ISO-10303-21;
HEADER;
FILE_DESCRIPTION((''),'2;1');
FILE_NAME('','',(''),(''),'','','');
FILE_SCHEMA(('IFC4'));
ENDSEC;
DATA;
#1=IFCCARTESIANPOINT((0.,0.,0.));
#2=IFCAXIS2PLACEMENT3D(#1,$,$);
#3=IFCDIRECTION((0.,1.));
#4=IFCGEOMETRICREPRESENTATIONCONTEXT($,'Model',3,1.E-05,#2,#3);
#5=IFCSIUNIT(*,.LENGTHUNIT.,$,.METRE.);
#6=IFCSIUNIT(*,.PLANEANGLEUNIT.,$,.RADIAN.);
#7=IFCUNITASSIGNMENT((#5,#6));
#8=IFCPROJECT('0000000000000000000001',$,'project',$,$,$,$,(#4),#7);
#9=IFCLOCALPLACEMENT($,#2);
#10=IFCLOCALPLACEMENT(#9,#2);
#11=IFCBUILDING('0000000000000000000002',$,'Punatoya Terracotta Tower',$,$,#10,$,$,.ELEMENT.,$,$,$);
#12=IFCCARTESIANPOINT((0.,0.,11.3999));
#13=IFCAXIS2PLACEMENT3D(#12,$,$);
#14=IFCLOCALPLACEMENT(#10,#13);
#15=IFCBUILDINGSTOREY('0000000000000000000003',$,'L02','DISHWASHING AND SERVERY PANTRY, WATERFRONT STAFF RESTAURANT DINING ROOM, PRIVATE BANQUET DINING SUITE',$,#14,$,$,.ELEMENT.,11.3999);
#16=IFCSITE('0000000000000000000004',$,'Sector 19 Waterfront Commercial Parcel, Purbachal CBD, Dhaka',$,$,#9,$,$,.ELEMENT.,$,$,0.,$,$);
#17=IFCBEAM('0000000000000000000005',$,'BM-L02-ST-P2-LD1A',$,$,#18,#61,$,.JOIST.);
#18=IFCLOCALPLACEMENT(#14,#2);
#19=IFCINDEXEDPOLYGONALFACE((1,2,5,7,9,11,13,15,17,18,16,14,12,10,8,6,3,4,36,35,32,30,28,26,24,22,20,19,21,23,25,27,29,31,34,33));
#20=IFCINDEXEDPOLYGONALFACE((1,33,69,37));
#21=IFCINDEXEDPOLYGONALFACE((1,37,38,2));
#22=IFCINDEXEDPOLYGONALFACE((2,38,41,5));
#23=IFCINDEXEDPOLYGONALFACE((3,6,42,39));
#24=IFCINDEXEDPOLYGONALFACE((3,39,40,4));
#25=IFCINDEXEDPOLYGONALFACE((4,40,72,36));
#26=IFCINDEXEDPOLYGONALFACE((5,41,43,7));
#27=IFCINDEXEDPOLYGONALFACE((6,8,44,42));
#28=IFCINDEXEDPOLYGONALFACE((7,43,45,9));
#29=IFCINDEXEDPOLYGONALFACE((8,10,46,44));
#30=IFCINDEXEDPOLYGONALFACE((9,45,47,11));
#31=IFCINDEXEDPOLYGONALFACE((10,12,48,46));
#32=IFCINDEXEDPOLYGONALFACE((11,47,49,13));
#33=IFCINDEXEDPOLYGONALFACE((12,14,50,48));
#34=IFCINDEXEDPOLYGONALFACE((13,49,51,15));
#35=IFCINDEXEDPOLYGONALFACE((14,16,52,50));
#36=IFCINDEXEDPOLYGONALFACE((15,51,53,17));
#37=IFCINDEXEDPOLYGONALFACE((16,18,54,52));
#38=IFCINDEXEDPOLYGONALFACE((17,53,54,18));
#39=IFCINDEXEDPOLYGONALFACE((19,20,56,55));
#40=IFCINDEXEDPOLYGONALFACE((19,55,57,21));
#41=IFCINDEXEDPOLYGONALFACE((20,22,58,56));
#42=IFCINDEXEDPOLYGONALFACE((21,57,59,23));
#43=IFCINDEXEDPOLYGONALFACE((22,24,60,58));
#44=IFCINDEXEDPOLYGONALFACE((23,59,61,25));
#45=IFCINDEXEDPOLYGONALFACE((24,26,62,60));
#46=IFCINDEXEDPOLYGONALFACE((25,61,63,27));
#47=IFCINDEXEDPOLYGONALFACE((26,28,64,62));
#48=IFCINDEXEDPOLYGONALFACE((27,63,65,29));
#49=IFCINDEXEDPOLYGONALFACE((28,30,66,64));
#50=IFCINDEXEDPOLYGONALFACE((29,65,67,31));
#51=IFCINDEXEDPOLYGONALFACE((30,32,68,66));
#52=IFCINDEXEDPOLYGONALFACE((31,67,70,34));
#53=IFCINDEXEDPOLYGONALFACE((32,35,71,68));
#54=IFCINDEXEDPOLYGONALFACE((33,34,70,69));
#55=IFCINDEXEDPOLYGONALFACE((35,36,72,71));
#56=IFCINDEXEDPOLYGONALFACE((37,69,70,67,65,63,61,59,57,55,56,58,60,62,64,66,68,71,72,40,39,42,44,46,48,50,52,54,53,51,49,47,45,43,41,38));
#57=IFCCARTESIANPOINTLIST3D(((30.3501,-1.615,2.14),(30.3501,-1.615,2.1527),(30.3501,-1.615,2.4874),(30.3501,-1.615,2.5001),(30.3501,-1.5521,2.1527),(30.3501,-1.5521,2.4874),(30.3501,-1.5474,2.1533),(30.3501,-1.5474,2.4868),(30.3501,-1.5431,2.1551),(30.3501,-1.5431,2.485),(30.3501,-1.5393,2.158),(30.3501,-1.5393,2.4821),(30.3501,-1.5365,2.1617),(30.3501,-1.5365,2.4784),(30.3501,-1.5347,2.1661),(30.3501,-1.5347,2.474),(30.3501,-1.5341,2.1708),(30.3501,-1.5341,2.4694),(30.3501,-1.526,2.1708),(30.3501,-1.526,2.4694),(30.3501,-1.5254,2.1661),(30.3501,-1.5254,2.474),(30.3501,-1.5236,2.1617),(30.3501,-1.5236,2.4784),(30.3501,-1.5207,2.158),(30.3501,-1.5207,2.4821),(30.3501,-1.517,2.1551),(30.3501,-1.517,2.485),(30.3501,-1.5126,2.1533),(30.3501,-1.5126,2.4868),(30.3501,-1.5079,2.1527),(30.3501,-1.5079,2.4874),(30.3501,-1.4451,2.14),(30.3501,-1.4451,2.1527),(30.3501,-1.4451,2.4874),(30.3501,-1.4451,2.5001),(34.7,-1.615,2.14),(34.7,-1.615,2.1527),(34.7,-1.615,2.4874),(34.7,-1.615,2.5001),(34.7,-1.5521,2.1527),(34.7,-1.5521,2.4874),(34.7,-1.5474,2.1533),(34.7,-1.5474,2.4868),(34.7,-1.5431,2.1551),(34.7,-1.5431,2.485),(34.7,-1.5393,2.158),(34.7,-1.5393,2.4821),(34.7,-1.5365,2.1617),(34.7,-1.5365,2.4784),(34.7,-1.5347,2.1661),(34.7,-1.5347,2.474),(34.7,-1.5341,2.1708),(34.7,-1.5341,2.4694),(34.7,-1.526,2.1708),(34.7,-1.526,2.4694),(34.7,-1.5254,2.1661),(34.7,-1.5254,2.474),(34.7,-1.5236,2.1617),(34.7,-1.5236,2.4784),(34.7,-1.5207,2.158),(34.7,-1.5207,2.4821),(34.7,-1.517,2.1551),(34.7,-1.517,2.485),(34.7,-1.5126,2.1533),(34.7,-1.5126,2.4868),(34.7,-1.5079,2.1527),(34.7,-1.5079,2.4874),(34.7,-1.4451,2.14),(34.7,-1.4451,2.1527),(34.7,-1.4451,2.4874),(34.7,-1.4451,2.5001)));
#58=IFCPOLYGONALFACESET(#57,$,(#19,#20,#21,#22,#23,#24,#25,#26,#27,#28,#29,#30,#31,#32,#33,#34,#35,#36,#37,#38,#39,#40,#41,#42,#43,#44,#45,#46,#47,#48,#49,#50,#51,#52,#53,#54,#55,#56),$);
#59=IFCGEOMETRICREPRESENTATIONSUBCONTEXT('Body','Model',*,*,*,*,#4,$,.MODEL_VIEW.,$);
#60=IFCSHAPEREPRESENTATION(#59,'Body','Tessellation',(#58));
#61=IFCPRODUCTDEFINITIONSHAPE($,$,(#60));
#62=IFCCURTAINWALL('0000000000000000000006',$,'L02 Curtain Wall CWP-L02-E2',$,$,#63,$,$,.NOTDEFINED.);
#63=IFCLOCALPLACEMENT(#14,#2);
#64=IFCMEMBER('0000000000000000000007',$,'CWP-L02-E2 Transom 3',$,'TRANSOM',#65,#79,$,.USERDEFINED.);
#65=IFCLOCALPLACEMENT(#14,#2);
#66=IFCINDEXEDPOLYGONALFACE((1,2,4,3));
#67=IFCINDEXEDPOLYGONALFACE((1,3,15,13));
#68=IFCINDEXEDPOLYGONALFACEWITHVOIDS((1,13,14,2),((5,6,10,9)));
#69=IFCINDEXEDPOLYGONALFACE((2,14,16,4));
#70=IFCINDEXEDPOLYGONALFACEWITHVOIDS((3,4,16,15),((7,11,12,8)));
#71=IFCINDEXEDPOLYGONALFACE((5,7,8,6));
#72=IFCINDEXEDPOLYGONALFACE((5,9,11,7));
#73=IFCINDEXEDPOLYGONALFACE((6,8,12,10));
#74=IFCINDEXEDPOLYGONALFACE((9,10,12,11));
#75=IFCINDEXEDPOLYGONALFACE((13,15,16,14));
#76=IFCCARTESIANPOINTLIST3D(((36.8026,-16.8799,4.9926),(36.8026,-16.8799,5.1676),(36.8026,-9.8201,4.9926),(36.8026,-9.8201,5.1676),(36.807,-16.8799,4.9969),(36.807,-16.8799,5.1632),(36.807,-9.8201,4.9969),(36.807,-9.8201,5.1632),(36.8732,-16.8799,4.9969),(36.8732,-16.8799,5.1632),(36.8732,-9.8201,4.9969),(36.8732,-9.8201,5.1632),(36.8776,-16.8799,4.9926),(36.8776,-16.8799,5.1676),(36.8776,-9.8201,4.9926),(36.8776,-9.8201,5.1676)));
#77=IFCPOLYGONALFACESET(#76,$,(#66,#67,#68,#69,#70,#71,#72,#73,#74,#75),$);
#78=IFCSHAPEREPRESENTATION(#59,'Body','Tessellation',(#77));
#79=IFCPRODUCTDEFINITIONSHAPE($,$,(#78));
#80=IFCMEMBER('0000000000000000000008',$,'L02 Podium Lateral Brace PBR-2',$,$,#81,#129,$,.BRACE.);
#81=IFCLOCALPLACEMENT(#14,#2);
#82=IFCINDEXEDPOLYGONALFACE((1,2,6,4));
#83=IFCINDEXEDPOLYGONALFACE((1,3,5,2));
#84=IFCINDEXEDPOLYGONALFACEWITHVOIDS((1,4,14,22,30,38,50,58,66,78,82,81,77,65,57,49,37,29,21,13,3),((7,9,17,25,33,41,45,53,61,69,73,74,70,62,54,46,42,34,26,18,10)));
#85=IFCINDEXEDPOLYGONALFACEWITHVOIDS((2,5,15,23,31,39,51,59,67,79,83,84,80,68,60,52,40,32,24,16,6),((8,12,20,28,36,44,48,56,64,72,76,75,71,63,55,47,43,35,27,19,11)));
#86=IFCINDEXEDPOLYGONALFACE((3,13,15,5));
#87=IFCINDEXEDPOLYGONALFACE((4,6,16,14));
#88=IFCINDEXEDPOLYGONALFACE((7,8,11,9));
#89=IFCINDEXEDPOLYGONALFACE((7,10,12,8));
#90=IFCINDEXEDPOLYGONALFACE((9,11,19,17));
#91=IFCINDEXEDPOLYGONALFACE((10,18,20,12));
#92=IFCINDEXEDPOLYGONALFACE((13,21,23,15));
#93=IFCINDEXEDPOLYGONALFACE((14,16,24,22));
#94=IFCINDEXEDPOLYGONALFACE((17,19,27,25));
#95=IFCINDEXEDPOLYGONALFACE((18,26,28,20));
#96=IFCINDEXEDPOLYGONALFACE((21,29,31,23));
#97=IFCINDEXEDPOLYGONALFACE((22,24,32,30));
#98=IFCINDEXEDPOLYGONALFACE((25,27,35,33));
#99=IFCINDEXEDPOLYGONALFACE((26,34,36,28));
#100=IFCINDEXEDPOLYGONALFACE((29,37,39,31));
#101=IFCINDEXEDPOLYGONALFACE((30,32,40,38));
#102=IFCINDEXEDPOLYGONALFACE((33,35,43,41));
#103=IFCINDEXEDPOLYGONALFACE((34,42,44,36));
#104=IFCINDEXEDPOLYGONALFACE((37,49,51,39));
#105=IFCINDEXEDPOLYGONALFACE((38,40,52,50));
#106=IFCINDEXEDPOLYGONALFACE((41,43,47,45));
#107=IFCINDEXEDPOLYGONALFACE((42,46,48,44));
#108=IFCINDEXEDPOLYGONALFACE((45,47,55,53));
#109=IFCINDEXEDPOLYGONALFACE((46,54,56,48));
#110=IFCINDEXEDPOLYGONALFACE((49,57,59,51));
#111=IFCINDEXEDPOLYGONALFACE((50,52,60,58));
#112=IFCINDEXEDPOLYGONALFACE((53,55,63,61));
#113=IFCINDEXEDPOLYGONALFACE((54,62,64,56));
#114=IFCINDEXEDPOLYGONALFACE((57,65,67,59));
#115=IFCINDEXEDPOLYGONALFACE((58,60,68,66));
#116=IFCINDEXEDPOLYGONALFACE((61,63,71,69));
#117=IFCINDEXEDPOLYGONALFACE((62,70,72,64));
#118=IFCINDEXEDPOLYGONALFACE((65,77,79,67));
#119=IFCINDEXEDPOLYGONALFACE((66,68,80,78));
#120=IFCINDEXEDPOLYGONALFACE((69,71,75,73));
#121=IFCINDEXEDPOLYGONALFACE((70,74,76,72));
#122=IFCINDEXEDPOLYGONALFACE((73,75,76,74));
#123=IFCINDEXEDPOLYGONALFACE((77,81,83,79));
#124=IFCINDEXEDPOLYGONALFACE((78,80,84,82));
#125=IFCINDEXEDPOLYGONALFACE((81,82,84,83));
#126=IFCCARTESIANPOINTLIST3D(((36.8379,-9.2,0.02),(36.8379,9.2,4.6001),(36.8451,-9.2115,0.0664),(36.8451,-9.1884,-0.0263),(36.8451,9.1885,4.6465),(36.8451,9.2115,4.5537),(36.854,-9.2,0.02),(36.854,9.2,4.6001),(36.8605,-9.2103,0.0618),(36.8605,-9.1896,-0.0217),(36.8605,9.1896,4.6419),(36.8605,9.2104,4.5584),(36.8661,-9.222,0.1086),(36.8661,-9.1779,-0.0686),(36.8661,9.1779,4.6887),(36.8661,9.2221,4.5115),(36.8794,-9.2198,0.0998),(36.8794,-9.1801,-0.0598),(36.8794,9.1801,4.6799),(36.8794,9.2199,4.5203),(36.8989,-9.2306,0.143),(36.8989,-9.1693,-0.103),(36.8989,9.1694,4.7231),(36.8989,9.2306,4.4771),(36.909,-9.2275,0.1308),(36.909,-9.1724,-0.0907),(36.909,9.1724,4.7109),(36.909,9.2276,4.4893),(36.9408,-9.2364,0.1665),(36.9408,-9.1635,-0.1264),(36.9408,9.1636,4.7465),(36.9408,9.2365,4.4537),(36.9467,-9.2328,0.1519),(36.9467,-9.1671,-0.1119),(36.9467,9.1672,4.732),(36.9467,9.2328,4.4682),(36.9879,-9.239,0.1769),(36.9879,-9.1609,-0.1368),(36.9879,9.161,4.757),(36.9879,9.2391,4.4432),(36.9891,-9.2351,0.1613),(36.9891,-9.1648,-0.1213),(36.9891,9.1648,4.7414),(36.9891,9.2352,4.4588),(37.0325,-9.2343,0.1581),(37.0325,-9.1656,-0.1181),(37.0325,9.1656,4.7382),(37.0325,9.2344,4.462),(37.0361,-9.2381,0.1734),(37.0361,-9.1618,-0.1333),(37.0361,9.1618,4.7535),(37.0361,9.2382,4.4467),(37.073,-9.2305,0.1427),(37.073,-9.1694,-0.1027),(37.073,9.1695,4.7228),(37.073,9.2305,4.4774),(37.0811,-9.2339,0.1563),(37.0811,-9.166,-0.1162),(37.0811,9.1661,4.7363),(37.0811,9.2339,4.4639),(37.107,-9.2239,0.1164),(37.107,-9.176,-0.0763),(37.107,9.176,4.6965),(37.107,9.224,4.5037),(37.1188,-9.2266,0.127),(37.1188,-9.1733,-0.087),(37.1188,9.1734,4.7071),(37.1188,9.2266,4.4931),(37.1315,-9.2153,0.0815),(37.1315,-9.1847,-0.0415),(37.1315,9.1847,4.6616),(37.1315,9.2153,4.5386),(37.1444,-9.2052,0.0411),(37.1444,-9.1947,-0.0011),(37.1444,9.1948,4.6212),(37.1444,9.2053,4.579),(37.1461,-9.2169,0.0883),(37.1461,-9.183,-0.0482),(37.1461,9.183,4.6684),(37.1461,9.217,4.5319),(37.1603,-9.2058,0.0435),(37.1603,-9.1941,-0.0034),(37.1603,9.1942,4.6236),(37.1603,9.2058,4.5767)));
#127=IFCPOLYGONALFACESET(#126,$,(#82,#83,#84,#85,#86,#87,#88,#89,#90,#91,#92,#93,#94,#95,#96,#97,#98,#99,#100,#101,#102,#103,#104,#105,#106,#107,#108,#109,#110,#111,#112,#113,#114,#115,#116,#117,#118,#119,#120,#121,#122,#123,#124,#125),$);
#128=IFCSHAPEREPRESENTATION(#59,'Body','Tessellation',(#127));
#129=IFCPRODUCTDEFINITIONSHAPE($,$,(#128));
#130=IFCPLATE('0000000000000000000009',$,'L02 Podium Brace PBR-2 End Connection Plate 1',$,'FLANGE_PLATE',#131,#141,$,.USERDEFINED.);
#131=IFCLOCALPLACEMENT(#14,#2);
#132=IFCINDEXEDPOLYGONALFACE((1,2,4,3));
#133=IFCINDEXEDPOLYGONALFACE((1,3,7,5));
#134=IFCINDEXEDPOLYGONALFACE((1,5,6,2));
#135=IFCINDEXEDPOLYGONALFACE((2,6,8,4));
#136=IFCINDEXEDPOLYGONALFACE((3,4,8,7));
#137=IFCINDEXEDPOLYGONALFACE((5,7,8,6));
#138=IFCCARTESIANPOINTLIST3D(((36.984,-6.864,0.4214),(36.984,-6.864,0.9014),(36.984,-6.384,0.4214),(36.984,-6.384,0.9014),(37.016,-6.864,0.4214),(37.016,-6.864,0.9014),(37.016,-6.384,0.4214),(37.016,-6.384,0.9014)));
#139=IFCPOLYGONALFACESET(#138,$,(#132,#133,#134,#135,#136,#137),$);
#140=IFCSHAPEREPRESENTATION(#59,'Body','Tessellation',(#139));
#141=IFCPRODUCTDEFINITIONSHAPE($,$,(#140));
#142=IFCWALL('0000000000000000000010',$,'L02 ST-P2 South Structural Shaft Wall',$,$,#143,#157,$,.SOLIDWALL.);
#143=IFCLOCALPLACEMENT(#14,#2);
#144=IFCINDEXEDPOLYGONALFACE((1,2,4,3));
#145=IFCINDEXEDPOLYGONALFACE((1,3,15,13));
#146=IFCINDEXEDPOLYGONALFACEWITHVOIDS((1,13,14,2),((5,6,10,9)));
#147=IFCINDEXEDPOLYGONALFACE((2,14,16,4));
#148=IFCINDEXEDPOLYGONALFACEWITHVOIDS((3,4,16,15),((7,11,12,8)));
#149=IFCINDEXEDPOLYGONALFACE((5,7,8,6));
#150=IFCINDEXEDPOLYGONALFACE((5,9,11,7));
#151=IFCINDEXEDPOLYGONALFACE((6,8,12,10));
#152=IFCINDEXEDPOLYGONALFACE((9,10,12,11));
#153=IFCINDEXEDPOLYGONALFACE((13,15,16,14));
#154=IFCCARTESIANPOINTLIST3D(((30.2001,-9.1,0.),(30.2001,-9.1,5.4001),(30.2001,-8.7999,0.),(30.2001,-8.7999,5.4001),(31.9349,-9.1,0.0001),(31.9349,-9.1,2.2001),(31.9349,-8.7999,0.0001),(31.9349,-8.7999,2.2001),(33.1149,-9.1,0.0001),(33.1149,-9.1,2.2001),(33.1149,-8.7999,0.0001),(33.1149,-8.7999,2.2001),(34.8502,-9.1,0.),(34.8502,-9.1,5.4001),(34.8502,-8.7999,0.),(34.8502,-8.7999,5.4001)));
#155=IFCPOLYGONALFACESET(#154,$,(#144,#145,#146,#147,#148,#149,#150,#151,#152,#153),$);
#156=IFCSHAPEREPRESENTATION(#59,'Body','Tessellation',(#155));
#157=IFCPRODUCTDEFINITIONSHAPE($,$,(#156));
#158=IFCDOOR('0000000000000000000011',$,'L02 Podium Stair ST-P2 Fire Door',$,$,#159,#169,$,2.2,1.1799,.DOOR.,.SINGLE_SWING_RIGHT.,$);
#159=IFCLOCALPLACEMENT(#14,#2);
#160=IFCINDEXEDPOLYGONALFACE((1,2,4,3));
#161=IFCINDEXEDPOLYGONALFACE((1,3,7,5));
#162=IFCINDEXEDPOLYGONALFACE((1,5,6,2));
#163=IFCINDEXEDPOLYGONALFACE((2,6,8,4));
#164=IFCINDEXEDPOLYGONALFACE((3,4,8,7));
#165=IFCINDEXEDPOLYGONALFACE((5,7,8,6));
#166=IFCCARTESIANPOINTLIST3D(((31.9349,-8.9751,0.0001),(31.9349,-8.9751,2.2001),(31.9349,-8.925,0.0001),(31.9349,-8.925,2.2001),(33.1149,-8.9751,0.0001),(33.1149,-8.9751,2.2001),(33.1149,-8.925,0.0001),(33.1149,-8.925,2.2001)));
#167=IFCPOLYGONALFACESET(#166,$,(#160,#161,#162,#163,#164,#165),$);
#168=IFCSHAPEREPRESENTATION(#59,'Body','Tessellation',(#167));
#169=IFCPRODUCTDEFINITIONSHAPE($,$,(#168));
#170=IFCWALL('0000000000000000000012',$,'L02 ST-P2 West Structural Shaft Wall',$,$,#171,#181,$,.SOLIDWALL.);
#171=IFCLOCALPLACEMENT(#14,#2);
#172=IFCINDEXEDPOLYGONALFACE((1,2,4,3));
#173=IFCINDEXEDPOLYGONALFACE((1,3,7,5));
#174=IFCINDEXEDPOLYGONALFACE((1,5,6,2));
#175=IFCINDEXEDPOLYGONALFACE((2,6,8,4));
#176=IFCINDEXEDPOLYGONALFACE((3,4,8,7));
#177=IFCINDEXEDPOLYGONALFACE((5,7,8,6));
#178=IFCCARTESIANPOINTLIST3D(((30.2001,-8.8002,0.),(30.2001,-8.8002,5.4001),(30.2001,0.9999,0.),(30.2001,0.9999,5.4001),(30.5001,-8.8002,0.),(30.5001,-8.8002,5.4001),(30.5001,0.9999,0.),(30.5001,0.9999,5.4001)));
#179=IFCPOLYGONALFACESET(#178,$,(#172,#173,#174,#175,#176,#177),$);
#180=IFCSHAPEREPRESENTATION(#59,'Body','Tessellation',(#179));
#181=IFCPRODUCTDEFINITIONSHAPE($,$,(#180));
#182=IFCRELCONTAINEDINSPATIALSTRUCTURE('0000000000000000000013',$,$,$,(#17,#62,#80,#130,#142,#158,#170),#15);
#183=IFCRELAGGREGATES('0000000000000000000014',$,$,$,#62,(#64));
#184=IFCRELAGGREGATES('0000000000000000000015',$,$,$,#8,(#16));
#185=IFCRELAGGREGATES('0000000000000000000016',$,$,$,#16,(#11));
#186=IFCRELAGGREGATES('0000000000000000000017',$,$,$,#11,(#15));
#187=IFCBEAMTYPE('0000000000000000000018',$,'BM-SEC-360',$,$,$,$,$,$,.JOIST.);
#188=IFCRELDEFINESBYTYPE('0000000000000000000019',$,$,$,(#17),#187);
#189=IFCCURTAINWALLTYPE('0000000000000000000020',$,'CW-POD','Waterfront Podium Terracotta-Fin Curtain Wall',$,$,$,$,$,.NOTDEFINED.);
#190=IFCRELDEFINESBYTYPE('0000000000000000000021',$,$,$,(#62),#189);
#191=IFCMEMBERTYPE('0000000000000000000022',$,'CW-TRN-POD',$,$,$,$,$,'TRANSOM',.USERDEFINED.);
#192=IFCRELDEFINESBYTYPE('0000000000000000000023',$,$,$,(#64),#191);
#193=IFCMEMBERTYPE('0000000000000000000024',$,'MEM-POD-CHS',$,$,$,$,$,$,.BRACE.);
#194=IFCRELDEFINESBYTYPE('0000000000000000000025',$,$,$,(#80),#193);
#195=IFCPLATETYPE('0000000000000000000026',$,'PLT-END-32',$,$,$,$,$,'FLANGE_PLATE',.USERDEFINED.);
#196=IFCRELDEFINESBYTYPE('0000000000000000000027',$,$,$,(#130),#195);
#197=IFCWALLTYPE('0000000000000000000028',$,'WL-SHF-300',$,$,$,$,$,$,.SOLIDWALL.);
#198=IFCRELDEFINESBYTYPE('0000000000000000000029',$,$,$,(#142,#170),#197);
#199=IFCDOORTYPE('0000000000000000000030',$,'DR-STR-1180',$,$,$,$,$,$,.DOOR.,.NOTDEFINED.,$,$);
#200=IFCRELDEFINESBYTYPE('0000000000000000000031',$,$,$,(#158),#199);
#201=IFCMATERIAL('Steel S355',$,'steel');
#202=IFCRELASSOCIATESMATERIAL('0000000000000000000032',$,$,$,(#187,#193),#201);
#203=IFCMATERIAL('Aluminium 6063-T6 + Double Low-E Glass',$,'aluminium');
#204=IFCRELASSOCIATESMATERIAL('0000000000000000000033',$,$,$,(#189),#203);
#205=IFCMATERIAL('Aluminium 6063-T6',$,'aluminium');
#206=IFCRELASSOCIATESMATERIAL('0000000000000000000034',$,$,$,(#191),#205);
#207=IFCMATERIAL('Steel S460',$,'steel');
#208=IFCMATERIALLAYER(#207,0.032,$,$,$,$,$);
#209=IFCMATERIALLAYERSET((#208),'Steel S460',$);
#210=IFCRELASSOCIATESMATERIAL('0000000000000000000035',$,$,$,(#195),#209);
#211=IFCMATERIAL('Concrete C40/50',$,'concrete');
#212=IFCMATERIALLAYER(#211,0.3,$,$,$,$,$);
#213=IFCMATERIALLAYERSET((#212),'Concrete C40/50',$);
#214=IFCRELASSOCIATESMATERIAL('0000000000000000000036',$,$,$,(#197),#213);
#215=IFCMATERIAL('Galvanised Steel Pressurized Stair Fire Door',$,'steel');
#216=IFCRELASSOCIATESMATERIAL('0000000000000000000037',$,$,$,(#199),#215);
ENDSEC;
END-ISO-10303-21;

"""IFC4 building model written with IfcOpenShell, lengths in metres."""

from ifc_helpers import new_model, si_unit, direction, frame, frame_2d, origin, origin_2d, place, context, subcontext, project, spatial, rectangle, hollow_rectangle, hollow_circle, i_section, extrude, material, layer, layer_set, material_profile, profile_set, type_object, element, fill, aggregate, save


model = new_model("IFC4")

# Units and contexts
model_context = context("Model", 3, precision=1e-05, world=origin(), true_north=direction((0.0, 1.0)))
body_context = subcontext(model_context, "Body", "Model", "MODEL_VIEW")
ifc_project = project(units=[si_unit("LENGTHUNIT", "METRE"), si_unit("PLANEANGLEUNIT", "RADIAN")], contexts=[model_context])

# Site, building, storey
site_placement = place(None, origin())
site = spatial("IfcSite", under=ifc_project, at=site_placement, Name="Sector 19 Waterfront Commercial Parcel, Purbachal CBD, Dhaka", CompositionType="ELEMENT", RefElevation=0.0)
building_placement = place(site_placement, origin())
building = spatial("IfcBuilding", under=site, at=building_placement, Name="Punatoya Terracotta Tower", CompositionType="ELEMENT")
storey_placement = place(building_placement, frame((0.0, 0.0, 11.3999)))
storey = spatial("IfcBuildingStorey", under=building, at=storey_placement, Name="L02", Description="DISHWASHING AND SERVERY PANTRY, WATERFRONT STAFF RESTAURANT DINING ROOM, PRIVATE BANQUET DINING SUITE", CompositionType="ELEMENT", Elevation=11.3999)

# Beam
ifc_material_1 = material(Name="Steel S355", Category="steel")
ifc_material_profile_1 = material_profile(ifc_material_1, i_section(OverallWidth=0.1699, OverallDepth=0.3601, WebThickness=0.0081, FlangeThickness=0.0127, FilletRadius=0.0181, at=origin_2d()))
ifc_profile_set_1 = profile_set([ifc_material_profile_1], Name="Steel S355")
beam_type_1 = type_object("IfcBeamType", Name="BM-SEC-360", PredefinedType="JOIST", material=ifc_profile_set_1)
beam_1_placement = place(storey_placement, frame((30.3501, -1.53, 2.3201), z_axis=(1.0, 0.0, 0.0), x_axis=(0.0, 1.0, 0.0)))
element("IfcBeam", 1, at=beam_1_placement, inside=storey, type_object=beam_type_1, Name="BM-L02-ST-P2-LD1A", PredefinedType="JOIST", context=body_context, shape_type="SweptSolid", body=[
    extrude(i_section(OverallWidth=0.1699, OverallDepth=0.3601, WebThickness=0.0081, FlangeThickness=0.0127, FilletRadius=0.0181, at=origin_2d()), origin(), (0.0, 0.0, 1.0), 4.3499),
])

# Curtain wall, member
ifc_material_2 = material(Name="Aluminium 6063-T6 + Double Low-E Glass", Category="aluminium")
curtain_wall_type = type_object("IfcCurtainWallType", Name="CW-POD", Description="Waterfront Podium Terracotta-Fin Curtain Wall", PredefinedType="NOTDEFINED", material=ifc_material_2)
curtain_wall_placement = place(storey_placement, origin())
curtain_wall = element("IfcCurtainWall", 2, at=curtain_wall_placement, inside=storey, type_object=curtain_wall_type, Name="L02 Curtain Wall CWP-L02-E2", PredefinedType="NOTDEFINED")
ifc_material_3 = material(Name="Aluminium 6063-T6", Category="aluminium")
ifc_material_profile_2 = material_profile(ifc_material_3, hollow_rectangle(XDim=0.075, YDim=0.175, WallThickness=0.0044, at=origin_2d()))
ifc_profile_set_2 = profile_set([ifc_material_profile_2], Name="Aluminium 6063-T6")
member_type_1 = type_object("IfcMemberType", Name="CW-TRN-POD", ElementType="TRANSOM", PredefinedType="USERDEFINED", material=ifc_profile_set_2)
member_1_placement = place(storey_placement, frame((36.8401, -9.8201, 5.0801), z_axis=(0.0, -1.0, 0.0), x_axis=(1.0, 0.0, 0.0)))
member_1 = element("IfcMember", 3, at=member_1_placement, type_object=member_type_1, Name="CWP-L02-E2 Transom 3", ObjectType="TRANSOM", PredefinedType="USERDEFINED", context=body_context, shape_type="SweptSolid", body=[
    extrude(hollow_rectangle(XDim=0.075, YDim=0.175, WallThickness=0.0044, at=origin_2d()), origin(), (0.0, 0.0, 1.0), 7.0598),
])
aggregate(curtain_wall, [member_1])

# Member
ifc_material_profile_3 = material_profile(ifc_material_1, hollow_circle(Radius=0.1621, WallThickness=0.0161, at=origin_2d()))
ifc_profile_set_3 = profile_set([ifc_material_profile_3], Name="Steel S355")
member_type_2 = type_object("IfcMemberType", Name="MEM-POD-CHS", PredefinedType="BRACE", material=ifc_profile_set_3)
member_2_placement = place(storey_placement, frame((37.0, -9.2, 0.02), z_axis=(0.0, 0.970389, 0.241548), x_axis=(-1.0, 0.0, 0.0)))
element("IfcMember", 4, at=member_2_placement, inside=storey, type_object=member_type_2, Name="L02 Podium Lateral Brace PBR-2", PredefinedType="BRACE", context=body_context, shape_type="SweptSolid", body=[
    extrude(hollow_circle(Radius=0.1621, WallThickness=0.0161, at=origin_2d()), origin(), (0.0, 0.0, 1.0), 18.9614),
])

# Plate
ifc_material_4 = material(Name="Steel S460", Category="steel")
ifc_layer_1 = layer(ifc_material_4, 0.032)
ifc_layer_set_1 = layer_set([ifc_layer_1], Name="Steel S460")
plate_type = type_object("IfcPlateType", Name="PLT-END-32", ElementType="FLANGE_PLATE", PredefinedType="USERDEFINED", material=ifc_layer_set_1)
plate_placement = place(storey_placement, frame((37.0, -6.624, 0.4214), z_axis=(0.0, 0.0, 1.0), x_axis=(1.0, 0.0, 0.0)))
element("IfcPlate", 5, at=plate_placement, inside=storey, type_object=plate_type, Name="L02 Podium Brace PBR-2 End Connection Plate 1", ObjectType="FLANGE_PLATE", PredefinedType="USERDEFINED", context=body_context, shape_type="SweptSolid", body=[
    extrude(rectangle(XDim=0.032, YDim=0.48, at=origin_2d()), origin(), (0.0, 0.0, 1.0), 0.48),
])

# Wall, opening, door
ifc_material_5 = material(Name="Concrete C40/50", Category="concrete")
ifc_layer_2 = layer(ifc_material_5, 0.3)
ifc_layer_set_2 = layer_set([ifc_layer_2], Name="Concrete C40/50")
wall_type = type_object("IfcWallType", Name="WL-SHF-300", PredefinedType="SOLIDWALL", material=ifc_layer_set_2)
wall_1_placement = place(storey_placement, frame((30.2, -8.95, 0.0), z_axis=(0.0, 0.0, 1.0), x_axis=(1.0, 0.0, 0.0)))
wall_1 = element("IfcWall", 6, at=wall_1_placement, inside=storey, type_object=wall_type, Name="L02 ST-P2 South Structural Shaft Wall", PredefinedType="SOLIDWALL", context=body_context, shape_type="SweptSolid", body=[
    extrude(rectangle(XDim=4.6501, YDim=0.3, at=frame_2d((2.3252, 0.0))), origin(), (0.0, 0.0, 1.0), 5.4001),
])
opening_placement = place(wall_1_placement, frame((1.7351, 0.0, 0.0)))
opening = element("IfcOpeningElement", 7, at=opening_placement, cuts=wall_1, PredefinedType="OPENING", context=body_context, shape_type="SweptSolid", body=[
    extrude(rectangle(XDim=1.1799, YDim=2.2, at=frame_2d((0.5898, 1.1001))), frame((0.0, 0.1599, 0.0), z_axis=(0.0, -1.0, 0.0), x_axis=(1.0, 0.0, 0.0)), (0.0, 0.0, 1.0), 0.3201),
])
ifc_material_6 = material(Name="Galvanised Steel Pressurized Stair Fire Door", Category="steel")
door_type = type_object("IfcDoorType", Name="DR-STR-1180", OperationType="NOTDEFINED", PredefinedType="DOOR", material=ifc_material_6)
door_placement = place(opening_placement, origin())
door = element("IfcDoor", 8, at=door_placement, inside=storey, type_object=door_type, Name="L02 Podium Stair ST-P2 Fire Door", OperationType="SINGLE_SWING_RIGHT", OverallHeight=2.2, OverallWidth=1.1799, PredefinedType="DOOR", context=body_context, shape_type="SweptSolid", body=[
    extrude(rectangle(XDim=1.1799, YDim=2.2, at=frame_2d((0.5898, 1.1001))), frame((0.0, 0.0249, 0.0), z_axis=(0.0, -1.0, 0.0), x_axis=(1.0, 0.0, 0.0)), (0.0, 0.0, 1.0), 0.05),
])
fill(opening, door)

# Wall
wall_2_placement = place(storey_placement, frame((30.3501, -8.8, 0.0), z_axis=(0.0, 0.0, 1.0), x_axis=(0.0, 1.0, 0.0)))
element("IfcWall", 9, at=wall_2_placement, inside=storey, type_object=wall_type, Name="L02 ST-P2 West Structural Shaft Wall", PredefinedType="SOLIDWALL", context=body_context, shape_type="SweptSolid", body=[
    extrude(rectangle(XDim=9.8, YDim=0.3, at=frame_2d((4.8999, 0.0))), origin(), (0.0, 0.0, 1.0), 5.4001),
])

save(model, "model.ifc")
